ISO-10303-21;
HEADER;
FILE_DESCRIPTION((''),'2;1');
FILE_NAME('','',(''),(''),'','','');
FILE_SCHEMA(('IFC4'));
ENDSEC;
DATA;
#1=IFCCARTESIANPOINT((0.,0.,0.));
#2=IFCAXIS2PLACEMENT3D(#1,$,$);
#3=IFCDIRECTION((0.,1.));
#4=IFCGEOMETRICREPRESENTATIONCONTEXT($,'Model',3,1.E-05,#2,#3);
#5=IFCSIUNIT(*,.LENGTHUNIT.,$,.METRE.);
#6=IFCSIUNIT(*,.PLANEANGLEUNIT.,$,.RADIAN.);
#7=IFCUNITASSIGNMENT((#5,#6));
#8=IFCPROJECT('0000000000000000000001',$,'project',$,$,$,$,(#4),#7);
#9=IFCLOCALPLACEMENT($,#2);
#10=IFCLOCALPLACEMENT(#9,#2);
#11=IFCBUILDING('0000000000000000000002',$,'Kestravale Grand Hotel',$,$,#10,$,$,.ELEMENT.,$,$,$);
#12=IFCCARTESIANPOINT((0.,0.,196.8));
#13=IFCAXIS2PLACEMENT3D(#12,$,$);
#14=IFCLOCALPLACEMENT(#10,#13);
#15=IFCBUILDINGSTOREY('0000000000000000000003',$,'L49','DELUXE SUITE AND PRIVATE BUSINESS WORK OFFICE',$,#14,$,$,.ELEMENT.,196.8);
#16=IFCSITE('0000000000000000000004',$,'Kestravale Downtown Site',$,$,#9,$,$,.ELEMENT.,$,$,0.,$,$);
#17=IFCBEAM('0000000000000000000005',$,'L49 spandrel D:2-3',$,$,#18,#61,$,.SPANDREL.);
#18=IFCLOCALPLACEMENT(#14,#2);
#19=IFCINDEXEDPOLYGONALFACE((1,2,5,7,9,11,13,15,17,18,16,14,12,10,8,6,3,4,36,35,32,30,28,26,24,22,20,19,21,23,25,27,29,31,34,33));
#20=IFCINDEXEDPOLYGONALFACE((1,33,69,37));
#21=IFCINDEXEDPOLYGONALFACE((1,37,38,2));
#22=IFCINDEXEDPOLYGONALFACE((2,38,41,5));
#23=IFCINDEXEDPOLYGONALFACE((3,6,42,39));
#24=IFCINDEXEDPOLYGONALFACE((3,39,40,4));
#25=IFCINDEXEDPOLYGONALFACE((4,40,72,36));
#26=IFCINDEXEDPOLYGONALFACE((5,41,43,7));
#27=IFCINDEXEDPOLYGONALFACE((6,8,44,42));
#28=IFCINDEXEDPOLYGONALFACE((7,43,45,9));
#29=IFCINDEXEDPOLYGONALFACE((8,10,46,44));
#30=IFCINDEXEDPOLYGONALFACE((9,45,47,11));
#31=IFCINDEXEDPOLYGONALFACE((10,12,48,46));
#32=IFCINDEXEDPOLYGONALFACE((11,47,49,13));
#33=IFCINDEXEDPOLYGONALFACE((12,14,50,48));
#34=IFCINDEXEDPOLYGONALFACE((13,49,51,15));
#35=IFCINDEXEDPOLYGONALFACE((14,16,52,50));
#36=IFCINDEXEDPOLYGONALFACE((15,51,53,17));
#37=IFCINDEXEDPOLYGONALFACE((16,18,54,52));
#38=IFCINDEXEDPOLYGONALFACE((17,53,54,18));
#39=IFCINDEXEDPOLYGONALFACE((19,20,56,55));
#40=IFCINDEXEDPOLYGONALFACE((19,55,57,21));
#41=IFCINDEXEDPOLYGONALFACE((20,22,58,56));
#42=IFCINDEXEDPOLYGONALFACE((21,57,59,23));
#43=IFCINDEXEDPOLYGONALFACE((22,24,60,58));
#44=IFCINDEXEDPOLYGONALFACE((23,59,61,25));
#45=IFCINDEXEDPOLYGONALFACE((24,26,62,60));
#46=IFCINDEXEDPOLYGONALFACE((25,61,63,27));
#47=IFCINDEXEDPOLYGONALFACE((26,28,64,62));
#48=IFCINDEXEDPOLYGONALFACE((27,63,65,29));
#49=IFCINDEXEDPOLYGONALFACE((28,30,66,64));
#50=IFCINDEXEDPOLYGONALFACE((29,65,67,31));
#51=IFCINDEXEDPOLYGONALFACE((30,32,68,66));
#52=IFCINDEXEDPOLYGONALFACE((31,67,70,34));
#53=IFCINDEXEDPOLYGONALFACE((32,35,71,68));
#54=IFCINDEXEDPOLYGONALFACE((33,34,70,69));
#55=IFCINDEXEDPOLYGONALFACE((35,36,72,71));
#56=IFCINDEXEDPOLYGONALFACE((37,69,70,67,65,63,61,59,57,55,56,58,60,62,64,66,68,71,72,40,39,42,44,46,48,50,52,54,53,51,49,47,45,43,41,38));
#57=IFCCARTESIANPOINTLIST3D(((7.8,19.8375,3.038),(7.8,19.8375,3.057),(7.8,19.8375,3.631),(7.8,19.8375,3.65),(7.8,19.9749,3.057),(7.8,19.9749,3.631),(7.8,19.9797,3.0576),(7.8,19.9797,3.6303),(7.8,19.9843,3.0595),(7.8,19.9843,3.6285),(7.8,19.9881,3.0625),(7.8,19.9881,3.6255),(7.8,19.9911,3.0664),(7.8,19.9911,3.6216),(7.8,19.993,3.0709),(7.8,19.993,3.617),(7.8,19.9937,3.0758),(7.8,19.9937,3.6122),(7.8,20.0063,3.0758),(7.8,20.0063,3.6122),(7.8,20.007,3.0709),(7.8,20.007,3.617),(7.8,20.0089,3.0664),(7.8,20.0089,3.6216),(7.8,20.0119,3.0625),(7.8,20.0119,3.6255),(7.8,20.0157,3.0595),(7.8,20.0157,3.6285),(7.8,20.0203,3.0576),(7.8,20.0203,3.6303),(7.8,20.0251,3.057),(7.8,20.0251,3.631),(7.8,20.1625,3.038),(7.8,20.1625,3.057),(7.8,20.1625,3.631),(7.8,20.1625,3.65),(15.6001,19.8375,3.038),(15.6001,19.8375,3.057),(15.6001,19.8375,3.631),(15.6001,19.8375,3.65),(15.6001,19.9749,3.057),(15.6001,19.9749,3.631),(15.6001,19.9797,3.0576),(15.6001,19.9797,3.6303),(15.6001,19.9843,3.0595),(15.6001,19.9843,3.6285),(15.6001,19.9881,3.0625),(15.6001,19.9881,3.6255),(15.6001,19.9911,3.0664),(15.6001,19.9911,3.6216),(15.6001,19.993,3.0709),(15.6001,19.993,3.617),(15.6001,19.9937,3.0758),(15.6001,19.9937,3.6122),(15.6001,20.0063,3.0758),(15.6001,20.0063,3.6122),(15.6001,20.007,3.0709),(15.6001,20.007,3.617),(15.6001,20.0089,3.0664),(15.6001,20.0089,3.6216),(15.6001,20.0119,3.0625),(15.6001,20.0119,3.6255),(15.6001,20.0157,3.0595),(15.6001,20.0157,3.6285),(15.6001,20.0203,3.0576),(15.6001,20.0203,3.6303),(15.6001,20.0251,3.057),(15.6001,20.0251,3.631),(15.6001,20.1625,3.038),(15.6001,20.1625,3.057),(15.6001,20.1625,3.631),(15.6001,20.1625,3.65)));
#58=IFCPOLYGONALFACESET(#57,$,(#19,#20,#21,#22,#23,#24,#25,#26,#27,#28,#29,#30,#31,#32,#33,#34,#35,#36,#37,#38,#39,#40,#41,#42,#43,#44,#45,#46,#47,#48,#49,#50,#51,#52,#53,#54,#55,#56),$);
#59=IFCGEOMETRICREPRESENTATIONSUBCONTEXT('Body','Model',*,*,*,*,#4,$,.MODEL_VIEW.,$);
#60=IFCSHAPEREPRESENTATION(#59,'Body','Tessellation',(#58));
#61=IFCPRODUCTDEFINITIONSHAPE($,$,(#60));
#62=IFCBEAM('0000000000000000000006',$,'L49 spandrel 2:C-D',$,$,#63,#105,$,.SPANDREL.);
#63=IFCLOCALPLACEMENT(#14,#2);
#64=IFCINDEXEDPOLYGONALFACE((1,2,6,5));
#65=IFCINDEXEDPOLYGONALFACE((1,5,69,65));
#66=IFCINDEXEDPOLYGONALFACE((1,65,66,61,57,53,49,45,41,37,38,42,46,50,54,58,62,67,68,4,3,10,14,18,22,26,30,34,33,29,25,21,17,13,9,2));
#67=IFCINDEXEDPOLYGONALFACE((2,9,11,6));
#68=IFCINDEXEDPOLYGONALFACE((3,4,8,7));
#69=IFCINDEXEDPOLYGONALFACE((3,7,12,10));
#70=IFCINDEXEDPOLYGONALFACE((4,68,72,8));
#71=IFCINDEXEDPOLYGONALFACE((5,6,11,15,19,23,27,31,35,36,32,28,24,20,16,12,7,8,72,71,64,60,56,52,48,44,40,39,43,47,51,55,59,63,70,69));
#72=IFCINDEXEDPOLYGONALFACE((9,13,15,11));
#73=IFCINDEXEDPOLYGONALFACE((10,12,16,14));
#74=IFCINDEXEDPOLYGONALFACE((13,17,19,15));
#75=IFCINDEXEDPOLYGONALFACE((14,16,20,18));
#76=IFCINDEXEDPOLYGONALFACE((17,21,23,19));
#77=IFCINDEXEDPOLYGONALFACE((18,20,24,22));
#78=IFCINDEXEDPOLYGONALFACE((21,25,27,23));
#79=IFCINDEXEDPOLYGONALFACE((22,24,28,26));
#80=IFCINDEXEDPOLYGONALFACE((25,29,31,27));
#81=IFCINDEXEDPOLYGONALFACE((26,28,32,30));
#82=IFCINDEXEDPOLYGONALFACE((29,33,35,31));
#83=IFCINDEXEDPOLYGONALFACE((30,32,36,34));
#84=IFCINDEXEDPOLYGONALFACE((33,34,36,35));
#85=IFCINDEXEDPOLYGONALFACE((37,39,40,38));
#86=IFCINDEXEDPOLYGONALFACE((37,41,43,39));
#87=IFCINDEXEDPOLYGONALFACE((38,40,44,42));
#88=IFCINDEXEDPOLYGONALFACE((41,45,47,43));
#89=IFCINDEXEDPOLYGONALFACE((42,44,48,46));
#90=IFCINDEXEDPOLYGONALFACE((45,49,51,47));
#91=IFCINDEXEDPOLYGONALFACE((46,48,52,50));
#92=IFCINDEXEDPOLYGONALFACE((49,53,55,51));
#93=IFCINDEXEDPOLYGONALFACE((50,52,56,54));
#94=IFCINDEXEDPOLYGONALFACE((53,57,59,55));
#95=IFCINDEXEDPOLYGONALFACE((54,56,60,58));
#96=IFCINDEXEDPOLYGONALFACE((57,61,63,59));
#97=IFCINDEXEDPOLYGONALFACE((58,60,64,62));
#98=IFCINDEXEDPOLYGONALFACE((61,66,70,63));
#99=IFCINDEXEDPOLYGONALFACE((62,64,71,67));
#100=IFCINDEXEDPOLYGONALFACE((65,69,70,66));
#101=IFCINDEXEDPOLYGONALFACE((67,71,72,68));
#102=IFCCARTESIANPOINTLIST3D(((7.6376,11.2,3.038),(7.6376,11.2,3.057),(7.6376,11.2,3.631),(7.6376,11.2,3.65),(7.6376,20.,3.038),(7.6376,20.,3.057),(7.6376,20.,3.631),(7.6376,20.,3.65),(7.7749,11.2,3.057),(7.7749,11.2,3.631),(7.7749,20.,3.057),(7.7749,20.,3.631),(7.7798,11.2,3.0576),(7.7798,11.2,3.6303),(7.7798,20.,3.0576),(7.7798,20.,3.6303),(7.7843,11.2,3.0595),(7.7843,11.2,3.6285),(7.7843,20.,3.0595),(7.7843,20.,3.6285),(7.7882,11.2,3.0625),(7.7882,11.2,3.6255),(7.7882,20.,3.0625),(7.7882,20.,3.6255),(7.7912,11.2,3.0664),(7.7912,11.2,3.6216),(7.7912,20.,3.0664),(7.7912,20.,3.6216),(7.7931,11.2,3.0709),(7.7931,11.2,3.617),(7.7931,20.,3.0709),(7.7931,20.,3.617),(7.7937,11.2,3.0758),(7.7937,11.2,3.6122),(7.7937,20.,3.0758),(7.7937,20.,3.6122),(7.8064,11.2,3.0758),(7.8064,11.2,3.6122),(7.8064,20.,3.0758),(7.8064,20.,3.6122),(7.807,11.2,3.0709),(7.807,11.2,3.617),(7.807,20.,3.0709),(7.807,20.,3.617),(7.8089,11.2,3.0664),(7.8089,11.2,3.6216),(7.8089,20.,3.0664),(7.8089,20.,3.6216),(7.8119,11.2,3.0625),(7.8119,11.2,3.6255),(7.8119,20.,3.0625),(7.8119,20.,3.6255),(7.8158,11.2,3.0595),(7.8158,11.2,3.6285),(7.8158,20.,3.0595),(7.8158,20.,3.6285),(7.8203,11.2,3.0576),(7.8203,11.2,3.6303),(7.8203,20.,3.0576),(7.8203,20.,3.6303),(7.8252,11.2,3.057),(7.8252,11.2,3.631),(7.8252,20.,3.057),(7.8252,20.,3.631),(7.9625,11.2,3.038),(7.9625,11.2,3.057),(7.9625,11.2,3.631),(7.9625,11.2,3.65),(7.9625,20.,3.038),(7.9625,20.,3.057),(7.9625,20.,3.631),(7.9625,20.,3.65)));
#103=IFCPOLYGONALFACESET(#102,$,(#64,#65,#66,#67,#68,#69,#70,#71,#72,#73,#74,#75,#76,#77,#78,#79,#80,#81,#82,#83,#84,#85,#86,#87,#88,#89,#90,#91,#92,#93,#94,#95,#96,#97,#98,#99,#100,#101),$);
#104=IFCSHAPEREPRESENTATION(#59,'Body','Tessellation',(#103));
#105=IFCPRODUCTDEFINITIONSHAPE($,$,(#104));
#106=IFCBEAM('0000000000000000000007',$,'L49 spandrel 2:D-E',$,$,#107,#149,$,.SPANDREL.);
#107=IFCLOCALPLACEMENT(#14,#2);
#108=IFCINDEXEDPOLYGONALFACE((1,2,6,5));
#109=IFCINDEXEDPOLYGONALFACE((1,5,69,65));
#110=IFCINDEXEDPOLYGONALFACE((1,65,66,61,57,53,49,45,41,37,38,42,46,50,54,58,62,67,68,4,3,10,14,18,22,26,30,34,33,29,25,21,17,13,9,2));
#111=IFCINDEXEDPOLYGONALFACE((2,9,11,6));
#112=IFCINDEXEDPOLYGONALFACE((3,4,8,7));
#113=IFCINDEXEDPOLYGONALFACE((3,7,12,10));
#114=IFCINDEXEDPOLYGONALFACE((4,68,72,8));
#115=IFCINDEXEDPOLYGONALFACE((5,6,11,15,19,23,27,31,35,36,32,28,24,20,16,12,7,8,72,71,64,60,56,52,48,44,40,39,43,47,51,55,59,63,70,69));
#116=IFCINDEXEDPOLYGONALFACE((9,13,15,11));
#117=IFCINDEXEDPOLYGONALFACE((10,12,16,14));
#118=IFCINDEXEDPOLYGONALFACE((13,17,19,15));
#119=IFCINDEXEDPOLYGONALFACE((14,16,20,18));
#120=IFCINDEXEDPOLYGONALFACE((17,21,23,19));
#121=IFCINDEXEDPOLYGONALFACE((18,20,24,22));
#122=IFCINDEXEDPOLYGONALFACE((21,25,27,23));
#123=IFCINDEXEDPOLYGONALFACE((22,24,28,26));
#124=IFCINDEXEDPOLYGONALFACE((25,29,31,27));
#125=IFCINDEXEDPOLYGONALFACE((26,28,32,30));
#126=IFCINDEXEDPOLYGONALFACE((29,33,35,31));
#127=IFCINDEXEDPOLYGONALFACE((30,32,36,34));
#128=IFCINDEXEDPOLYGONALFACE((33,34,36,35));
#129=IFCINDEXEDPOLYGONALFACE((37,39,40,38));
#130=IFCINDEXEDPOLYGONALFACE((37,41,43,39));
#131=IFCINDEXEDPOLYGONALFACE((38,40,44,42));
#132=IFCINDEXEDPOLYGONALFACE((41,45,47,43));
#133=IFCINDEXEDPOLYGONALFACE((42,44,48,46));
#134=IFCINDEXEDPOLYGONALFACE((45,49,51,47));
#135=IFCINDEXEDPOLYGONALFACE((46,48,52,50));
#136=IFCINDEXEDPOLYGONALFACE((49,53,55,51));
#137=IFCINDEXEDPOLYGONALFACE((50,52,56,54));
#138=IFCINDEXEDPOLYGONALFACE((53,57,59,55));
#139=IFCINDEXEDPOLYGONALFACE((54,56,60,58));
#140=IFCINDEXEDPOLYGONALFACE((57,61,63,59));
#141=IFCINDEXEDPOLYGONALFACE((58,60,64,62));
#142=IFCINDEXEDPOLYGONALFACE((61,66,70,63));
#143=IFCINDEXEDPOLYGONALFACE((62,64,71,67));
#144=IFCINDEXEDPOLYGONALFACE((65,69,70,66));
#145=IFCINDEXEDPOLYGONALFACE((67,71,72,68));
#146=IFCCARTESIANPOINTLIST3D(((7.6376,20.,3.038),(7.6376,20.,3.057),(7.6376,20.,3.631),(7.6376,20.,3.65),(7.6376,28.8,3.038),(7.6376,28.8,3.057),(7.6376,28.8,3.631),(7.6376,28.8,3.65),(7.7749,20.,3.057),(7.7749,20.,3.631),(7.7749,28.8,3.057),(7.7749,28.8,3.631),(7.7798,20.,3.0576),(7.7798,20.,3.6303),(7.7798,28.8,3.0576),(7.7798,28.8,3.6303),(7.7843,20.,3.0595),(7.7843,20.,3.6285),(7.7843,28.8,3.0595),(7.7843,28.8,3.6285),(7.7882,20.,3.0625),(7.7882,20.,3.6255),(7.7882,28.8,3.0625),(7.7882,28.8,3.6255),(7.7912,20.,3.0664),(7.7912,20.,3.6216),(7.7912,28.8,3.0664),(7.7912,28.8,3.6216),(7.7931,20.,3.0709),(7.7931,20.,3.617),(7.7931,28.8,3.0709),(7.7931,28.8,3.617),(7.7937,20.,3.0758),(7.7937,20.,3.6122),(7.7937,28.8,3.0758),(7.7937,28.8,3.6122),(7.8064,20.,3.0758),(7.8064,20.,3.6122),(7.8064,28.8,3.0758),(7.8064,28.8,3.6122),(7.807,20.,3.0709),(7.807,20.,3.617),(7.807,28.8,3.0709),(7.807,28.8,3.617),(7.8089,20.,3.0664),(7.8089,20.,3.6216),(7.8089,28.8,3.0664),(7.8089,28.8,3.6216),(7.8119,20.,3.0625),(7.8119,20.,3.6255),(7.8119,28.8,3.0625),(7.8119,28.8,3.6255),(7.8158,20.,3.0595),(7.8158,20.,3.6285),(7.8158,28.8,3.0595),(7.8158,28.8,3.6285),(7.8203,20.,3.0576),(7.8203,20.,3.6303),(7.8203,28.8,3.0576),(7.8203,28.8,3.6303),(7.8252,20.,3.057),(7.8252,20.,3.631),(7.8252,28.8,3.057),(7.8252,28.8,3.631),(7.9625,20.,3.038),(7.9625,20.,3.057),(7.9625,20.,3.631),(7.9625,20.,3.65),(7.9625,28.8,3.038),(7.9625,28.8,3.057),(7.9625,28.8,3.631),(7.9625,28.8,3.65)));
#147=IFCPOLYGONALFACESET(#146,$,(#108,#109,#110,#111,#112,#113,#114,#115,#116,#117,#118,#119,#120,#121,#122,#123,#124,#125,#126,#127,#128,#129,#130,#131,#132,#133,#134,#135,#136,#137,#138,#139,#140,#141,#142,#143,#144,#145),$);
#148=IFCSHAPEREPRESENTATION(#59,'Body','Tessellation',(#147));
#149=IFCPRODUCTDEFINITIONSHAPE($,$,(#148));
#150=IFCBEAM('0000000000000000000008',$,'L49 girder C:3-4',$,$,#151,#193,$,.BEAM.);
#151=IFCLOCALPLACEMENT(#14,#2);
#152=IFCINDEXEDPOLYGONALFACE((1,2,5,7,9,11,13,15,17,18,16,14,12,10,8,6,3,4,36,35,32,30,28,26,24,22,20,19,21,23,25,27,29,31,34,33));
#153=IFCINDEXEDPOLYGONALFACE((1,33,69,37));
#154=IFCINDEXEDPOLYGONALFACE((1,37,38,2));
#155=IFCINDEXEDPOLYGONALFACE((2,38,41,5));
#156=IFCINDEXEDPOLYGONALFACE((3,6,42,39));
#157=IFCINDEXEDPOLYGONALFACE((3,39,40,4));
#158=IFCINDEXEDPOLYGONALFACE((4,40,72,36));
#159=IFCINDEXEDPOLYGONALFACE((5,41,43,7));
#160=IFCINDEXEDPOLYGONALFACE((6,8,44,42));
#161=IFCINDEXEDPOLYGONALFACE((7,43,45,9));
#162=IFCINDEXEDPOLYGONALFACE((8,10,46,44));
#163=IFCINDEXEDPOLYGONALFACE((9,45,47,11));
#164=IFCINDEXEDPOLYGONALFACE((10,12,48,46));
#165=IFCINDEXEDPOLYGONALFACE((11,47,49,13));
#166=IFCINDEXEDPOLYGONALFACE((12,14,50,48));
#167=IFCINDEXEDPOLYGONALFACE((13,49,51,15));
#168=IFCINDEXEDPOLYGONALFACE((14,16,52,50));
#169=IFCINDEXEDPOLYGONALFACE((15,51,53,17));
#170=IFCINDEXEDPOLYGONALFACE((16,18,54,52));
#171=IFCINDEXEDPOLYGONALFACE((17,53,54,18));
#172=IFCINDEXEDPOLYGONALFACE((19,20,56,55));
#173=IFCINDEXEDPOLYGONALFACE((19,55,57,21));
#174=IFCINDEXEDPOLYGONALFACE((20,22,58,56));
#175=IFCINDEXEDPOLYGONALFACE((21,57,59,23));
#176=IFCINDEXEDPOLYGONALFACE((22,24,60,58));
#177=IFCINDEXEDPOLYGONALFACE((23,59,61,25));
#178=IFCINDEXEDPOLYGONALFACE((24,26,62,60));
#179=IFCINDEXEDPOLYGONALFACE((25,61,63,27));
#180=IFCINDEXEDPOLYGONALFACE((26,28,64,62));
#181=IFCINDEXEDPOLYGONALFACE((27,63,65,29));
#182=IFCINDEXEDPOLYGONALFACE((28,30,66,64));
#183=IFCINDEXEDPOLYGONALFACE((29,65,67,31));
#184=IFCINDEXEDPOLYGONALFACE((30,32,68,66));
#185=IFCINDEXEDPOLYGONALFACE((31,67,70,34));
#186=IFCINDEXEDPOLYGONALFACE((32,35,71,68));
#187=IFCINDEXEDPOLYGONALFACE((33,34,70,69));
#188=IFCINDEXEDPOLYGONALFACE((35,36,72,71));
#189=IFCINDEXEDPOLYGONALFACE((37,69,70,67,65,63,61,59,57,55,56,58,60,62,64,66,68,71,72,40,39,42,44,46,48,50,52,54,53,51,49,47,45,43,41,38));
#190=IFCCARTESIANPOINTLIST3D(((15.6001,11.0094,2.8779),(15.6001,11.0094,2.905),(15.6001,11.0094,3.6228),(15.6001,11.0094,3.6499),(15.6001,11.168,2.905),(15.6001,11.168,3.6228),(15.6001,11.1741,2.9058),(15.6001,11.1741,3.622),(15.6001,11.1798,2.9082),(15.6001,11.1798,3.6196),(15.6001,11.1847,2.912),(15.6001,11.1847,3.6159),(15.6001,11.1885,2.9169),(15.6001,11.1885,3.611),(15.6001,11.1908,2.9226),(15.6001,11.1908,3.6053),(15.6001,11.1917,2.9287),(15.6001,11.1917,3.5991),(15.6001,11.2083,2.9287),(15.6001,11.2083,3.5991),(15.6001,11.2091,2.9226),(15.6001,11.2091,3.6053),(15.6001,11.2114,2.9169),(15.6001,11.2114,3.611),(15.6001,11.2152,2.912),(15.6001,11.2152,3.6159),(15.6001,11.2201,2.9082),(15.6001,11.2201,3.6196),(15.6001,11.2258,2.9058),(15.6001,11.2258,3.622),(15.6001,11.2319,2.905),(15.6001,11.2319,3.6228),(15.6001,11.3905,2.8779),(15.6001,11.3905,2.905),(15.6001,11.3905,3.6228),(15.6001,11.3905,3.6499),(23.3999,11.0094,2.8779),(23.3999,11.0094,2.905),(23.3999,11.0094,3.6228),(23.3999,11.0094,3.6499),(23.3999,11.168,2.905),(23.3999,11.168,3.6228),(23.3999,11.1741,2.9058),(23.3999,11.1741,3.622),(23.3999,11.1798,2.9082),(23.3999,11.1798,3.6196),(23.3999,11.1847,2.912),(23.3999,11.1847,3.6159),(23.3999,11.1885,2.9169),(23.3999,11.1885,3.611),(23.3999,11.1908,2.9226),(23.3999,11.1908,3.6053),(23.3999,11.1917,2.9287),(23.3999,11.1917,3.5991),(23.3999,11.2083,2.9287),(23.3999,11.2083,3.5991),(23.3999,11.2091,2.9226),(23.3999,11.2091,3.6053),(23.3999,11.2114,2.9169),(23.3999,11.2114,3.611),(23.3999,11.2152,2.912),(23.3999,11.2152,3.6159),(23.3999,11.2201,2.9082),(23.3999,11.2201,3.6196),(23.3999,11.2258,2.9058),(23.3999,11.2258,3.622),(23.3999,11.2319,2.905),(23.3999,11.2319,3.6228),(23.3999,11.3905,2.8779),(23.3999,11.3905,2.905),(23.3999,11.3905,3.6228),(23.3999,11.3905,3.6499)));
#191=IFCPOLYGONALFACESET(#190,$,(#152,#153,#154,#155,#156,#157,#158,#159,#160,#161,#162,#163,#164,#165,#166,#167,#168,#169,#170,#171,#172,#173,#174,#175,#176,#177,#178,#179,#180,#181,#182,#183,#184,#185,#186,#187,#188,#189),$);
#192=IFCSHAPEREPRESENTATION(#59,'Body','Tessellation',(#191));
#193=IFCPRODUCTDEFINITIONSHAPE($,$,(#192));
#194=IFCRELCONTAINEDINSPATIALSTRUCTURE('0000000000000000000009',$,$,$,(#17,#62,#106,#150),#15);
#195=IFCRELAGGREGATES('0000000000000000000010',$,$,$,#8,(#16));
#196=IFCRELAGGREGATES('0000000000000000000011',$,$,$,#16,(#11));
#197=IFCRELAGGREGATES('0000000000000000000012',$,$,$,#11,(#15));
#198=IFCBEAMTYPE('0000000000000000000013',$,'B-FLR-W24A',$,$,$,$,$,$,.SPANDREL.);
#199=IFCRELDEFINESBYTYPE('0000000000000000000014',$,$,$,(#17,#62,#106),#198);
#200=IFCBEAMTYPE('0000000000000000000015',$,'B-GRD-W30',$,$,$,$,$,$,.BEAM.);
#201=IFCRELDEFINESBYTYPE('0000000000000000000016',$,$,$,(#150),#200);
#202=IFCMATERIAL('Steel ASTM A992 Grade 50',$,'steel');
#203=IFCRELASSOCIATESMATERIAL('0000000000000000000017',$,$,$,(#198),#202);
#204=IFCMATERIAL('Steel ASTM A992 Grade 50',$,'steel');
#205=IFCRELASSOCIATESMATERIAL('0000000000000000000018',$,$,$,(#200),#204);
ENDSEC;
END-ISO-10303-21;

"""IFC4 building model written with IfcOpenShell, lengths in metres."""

from ifc_helpers import new_model, si_unit, direction, frame, origin, origin_2d, place, context, subcontext, project, spatial, i_section, extrude, material, material_profile, profile_set, type_object, element, save


model = new_model("IFC4")

# Units and contexts
model_context = context("Model", 3, precision=1e-05, world=origin(), true_north=direction((0.0, 1.0)))
body_context = subcontext(model_context, "Body", "Model", "MODEL_VIEW")
ifc_project = project(units=[si_unit("LENGTHUNIT", "METRE"), si_unit("PLANEANGLEUNIT", "RADIAN")], contexts=[model_context])

# Site, building, storey
site_placement = place(None, origin())
site = spatial("IfcSite", under=ifc_project, at=site_placement, Name="Kestravale Downtown Site", CompositionType="ELEMENT", RefElevation=0.0)
building_placement = place(site_placement, origin())
building = spatial("IfcBuilding", under=site, at=building_placement, Name="Kestravale Grand Hotel", CompositionType="ELEMENT")
storey_placement = place(building_placement, frame((0.0, 0.0, 196.8)))
storey = spatial("IfcBuildingStorey", under=building, at=storey_placement, Name="L49", Description="DELUXE SUITE AND PRIVATE BUSINESS WORK OFFICE", CompositionType="ELEMENT", Elevation=196.8)

# Beams
ifc_material_1 = material(Name="Steel ASTM A992 Grade 50", Category="steel")
ifc_material_profile_1 = material_profile(ifc_material_1, i_section(OverallWidth=0.325, OverallDepth=0.6121, WebThickness=0.0127, FlangeThickness=0.019, FilletRadius=0.0188, at=origin_2d()))
ifc_profile_set_1 = profile_set([ifc_material_profile_1], Name="Steel ASTM A992 Grade 50")
beam_type_1 = type_object("IfcBeamType", Name="B-FLR-W24A", PredefinedType="SPANDREL", material=ifc_profile_set_1)
beam_1_placement = place(storey_placement, frame((7.8, 20.0, 3.344), z_axis=(1.0, 0.0, 0.0), x_axis=(0.0, 1.0, 0.0)))
element("IfcBeam", 1, at=beam_1_placement, inside=storey, type_object=beam_type_1, Name="L49 spandrel D:2-3", PredefinedType="SPANDREL", context=body_context, shape_type="SweptSolid", body=[
    extrude(i_section(OverallWidth=0.325, OverallDepth=0.6121, WebThickness=0.0127, FlangeThickness=0.019, FilletRadius=0.0188, at=origin_2d()), origin(), (0.0, 0.0, 1.0), 7.8),
])
for number, where, z_axis, x_axis, name in (
    (2, (7.8, 11.2, 3.344), (0.0, 1.0, 0.0), (-1.0, 0.0, 0.0), "L49 spandrel 2:C-D"),
    (3, (7.8, 20.0, 3.344), (0.0, 1.0, 0.0), (-1.0, 0.0, 0.0), "L49 spandrel 2:D-E"),
):
    element("IfcBeam", number, at=place(storey_placement, frame(where, z_axis=z_axis, x_axis=x_axis)), inside=storey, type_object=beam_type_1, Name=name, PredefinedType="SPANDREL", context=body_context, shape_type="SweptSolid", body=[
        extrude(i_section(OverallWidth=0.325, OverallDepth=0.6121, WebThickness=0.0127, FlangeThickness=0.019, FilletRadius=0.0188, at=origin_2d()), origin(), (0.0, 0.0, 1.0), 8.8),
    ])
ifc_material_2 = material(Name="Steel ASTM A992 Grade 50", Category="steel")
ifc_material_profile_2 = material_profile(ifc_material_2, i_section(OverallWidth=0.3811, OverallDepth=0.772, WebThickness=0.0166, FlangeThickness=0.0271, FilletRadius=0.0237, at=origin_2d()))
ifc_profile_set_2 = profile_set([ifc_material_profile_2], Name="Steel ASTM A992 Grade 50")
beam_type_2 = type_object("IfcBeamType", Name="B-GRD-W30", PredefinedType="BEAM", material=ifc_profile_set_2)
for number, where, z_axis, x_axis, name in (
    (4, (15.6001, 11.2, 3.2639), (1.0, 0.0, 0.0), (0.0, 1.0, 0.0), "L49 girder C:3-4"),
):
    element("IfcBeam", number, at=place(storey_placement, frame(where, z_axis=z_axis, x_axis=x_axis)), inside=storey, type_object=beam_type_2, Name=name, PredefinedType="BEAM", context=body_context, shape_type="SweptSolid", body=[
        extrude(i_section(OverallWidth=0.3811, OverallDepth=0.772, WebThickness=0.0166, FlangeThickness=0.0271, FilletRadius=0.0237, at=origin_2d()), origin(), (0.0, 0.0, 1.0), 7.7998),
    ])

save(model, "model.ifc")
